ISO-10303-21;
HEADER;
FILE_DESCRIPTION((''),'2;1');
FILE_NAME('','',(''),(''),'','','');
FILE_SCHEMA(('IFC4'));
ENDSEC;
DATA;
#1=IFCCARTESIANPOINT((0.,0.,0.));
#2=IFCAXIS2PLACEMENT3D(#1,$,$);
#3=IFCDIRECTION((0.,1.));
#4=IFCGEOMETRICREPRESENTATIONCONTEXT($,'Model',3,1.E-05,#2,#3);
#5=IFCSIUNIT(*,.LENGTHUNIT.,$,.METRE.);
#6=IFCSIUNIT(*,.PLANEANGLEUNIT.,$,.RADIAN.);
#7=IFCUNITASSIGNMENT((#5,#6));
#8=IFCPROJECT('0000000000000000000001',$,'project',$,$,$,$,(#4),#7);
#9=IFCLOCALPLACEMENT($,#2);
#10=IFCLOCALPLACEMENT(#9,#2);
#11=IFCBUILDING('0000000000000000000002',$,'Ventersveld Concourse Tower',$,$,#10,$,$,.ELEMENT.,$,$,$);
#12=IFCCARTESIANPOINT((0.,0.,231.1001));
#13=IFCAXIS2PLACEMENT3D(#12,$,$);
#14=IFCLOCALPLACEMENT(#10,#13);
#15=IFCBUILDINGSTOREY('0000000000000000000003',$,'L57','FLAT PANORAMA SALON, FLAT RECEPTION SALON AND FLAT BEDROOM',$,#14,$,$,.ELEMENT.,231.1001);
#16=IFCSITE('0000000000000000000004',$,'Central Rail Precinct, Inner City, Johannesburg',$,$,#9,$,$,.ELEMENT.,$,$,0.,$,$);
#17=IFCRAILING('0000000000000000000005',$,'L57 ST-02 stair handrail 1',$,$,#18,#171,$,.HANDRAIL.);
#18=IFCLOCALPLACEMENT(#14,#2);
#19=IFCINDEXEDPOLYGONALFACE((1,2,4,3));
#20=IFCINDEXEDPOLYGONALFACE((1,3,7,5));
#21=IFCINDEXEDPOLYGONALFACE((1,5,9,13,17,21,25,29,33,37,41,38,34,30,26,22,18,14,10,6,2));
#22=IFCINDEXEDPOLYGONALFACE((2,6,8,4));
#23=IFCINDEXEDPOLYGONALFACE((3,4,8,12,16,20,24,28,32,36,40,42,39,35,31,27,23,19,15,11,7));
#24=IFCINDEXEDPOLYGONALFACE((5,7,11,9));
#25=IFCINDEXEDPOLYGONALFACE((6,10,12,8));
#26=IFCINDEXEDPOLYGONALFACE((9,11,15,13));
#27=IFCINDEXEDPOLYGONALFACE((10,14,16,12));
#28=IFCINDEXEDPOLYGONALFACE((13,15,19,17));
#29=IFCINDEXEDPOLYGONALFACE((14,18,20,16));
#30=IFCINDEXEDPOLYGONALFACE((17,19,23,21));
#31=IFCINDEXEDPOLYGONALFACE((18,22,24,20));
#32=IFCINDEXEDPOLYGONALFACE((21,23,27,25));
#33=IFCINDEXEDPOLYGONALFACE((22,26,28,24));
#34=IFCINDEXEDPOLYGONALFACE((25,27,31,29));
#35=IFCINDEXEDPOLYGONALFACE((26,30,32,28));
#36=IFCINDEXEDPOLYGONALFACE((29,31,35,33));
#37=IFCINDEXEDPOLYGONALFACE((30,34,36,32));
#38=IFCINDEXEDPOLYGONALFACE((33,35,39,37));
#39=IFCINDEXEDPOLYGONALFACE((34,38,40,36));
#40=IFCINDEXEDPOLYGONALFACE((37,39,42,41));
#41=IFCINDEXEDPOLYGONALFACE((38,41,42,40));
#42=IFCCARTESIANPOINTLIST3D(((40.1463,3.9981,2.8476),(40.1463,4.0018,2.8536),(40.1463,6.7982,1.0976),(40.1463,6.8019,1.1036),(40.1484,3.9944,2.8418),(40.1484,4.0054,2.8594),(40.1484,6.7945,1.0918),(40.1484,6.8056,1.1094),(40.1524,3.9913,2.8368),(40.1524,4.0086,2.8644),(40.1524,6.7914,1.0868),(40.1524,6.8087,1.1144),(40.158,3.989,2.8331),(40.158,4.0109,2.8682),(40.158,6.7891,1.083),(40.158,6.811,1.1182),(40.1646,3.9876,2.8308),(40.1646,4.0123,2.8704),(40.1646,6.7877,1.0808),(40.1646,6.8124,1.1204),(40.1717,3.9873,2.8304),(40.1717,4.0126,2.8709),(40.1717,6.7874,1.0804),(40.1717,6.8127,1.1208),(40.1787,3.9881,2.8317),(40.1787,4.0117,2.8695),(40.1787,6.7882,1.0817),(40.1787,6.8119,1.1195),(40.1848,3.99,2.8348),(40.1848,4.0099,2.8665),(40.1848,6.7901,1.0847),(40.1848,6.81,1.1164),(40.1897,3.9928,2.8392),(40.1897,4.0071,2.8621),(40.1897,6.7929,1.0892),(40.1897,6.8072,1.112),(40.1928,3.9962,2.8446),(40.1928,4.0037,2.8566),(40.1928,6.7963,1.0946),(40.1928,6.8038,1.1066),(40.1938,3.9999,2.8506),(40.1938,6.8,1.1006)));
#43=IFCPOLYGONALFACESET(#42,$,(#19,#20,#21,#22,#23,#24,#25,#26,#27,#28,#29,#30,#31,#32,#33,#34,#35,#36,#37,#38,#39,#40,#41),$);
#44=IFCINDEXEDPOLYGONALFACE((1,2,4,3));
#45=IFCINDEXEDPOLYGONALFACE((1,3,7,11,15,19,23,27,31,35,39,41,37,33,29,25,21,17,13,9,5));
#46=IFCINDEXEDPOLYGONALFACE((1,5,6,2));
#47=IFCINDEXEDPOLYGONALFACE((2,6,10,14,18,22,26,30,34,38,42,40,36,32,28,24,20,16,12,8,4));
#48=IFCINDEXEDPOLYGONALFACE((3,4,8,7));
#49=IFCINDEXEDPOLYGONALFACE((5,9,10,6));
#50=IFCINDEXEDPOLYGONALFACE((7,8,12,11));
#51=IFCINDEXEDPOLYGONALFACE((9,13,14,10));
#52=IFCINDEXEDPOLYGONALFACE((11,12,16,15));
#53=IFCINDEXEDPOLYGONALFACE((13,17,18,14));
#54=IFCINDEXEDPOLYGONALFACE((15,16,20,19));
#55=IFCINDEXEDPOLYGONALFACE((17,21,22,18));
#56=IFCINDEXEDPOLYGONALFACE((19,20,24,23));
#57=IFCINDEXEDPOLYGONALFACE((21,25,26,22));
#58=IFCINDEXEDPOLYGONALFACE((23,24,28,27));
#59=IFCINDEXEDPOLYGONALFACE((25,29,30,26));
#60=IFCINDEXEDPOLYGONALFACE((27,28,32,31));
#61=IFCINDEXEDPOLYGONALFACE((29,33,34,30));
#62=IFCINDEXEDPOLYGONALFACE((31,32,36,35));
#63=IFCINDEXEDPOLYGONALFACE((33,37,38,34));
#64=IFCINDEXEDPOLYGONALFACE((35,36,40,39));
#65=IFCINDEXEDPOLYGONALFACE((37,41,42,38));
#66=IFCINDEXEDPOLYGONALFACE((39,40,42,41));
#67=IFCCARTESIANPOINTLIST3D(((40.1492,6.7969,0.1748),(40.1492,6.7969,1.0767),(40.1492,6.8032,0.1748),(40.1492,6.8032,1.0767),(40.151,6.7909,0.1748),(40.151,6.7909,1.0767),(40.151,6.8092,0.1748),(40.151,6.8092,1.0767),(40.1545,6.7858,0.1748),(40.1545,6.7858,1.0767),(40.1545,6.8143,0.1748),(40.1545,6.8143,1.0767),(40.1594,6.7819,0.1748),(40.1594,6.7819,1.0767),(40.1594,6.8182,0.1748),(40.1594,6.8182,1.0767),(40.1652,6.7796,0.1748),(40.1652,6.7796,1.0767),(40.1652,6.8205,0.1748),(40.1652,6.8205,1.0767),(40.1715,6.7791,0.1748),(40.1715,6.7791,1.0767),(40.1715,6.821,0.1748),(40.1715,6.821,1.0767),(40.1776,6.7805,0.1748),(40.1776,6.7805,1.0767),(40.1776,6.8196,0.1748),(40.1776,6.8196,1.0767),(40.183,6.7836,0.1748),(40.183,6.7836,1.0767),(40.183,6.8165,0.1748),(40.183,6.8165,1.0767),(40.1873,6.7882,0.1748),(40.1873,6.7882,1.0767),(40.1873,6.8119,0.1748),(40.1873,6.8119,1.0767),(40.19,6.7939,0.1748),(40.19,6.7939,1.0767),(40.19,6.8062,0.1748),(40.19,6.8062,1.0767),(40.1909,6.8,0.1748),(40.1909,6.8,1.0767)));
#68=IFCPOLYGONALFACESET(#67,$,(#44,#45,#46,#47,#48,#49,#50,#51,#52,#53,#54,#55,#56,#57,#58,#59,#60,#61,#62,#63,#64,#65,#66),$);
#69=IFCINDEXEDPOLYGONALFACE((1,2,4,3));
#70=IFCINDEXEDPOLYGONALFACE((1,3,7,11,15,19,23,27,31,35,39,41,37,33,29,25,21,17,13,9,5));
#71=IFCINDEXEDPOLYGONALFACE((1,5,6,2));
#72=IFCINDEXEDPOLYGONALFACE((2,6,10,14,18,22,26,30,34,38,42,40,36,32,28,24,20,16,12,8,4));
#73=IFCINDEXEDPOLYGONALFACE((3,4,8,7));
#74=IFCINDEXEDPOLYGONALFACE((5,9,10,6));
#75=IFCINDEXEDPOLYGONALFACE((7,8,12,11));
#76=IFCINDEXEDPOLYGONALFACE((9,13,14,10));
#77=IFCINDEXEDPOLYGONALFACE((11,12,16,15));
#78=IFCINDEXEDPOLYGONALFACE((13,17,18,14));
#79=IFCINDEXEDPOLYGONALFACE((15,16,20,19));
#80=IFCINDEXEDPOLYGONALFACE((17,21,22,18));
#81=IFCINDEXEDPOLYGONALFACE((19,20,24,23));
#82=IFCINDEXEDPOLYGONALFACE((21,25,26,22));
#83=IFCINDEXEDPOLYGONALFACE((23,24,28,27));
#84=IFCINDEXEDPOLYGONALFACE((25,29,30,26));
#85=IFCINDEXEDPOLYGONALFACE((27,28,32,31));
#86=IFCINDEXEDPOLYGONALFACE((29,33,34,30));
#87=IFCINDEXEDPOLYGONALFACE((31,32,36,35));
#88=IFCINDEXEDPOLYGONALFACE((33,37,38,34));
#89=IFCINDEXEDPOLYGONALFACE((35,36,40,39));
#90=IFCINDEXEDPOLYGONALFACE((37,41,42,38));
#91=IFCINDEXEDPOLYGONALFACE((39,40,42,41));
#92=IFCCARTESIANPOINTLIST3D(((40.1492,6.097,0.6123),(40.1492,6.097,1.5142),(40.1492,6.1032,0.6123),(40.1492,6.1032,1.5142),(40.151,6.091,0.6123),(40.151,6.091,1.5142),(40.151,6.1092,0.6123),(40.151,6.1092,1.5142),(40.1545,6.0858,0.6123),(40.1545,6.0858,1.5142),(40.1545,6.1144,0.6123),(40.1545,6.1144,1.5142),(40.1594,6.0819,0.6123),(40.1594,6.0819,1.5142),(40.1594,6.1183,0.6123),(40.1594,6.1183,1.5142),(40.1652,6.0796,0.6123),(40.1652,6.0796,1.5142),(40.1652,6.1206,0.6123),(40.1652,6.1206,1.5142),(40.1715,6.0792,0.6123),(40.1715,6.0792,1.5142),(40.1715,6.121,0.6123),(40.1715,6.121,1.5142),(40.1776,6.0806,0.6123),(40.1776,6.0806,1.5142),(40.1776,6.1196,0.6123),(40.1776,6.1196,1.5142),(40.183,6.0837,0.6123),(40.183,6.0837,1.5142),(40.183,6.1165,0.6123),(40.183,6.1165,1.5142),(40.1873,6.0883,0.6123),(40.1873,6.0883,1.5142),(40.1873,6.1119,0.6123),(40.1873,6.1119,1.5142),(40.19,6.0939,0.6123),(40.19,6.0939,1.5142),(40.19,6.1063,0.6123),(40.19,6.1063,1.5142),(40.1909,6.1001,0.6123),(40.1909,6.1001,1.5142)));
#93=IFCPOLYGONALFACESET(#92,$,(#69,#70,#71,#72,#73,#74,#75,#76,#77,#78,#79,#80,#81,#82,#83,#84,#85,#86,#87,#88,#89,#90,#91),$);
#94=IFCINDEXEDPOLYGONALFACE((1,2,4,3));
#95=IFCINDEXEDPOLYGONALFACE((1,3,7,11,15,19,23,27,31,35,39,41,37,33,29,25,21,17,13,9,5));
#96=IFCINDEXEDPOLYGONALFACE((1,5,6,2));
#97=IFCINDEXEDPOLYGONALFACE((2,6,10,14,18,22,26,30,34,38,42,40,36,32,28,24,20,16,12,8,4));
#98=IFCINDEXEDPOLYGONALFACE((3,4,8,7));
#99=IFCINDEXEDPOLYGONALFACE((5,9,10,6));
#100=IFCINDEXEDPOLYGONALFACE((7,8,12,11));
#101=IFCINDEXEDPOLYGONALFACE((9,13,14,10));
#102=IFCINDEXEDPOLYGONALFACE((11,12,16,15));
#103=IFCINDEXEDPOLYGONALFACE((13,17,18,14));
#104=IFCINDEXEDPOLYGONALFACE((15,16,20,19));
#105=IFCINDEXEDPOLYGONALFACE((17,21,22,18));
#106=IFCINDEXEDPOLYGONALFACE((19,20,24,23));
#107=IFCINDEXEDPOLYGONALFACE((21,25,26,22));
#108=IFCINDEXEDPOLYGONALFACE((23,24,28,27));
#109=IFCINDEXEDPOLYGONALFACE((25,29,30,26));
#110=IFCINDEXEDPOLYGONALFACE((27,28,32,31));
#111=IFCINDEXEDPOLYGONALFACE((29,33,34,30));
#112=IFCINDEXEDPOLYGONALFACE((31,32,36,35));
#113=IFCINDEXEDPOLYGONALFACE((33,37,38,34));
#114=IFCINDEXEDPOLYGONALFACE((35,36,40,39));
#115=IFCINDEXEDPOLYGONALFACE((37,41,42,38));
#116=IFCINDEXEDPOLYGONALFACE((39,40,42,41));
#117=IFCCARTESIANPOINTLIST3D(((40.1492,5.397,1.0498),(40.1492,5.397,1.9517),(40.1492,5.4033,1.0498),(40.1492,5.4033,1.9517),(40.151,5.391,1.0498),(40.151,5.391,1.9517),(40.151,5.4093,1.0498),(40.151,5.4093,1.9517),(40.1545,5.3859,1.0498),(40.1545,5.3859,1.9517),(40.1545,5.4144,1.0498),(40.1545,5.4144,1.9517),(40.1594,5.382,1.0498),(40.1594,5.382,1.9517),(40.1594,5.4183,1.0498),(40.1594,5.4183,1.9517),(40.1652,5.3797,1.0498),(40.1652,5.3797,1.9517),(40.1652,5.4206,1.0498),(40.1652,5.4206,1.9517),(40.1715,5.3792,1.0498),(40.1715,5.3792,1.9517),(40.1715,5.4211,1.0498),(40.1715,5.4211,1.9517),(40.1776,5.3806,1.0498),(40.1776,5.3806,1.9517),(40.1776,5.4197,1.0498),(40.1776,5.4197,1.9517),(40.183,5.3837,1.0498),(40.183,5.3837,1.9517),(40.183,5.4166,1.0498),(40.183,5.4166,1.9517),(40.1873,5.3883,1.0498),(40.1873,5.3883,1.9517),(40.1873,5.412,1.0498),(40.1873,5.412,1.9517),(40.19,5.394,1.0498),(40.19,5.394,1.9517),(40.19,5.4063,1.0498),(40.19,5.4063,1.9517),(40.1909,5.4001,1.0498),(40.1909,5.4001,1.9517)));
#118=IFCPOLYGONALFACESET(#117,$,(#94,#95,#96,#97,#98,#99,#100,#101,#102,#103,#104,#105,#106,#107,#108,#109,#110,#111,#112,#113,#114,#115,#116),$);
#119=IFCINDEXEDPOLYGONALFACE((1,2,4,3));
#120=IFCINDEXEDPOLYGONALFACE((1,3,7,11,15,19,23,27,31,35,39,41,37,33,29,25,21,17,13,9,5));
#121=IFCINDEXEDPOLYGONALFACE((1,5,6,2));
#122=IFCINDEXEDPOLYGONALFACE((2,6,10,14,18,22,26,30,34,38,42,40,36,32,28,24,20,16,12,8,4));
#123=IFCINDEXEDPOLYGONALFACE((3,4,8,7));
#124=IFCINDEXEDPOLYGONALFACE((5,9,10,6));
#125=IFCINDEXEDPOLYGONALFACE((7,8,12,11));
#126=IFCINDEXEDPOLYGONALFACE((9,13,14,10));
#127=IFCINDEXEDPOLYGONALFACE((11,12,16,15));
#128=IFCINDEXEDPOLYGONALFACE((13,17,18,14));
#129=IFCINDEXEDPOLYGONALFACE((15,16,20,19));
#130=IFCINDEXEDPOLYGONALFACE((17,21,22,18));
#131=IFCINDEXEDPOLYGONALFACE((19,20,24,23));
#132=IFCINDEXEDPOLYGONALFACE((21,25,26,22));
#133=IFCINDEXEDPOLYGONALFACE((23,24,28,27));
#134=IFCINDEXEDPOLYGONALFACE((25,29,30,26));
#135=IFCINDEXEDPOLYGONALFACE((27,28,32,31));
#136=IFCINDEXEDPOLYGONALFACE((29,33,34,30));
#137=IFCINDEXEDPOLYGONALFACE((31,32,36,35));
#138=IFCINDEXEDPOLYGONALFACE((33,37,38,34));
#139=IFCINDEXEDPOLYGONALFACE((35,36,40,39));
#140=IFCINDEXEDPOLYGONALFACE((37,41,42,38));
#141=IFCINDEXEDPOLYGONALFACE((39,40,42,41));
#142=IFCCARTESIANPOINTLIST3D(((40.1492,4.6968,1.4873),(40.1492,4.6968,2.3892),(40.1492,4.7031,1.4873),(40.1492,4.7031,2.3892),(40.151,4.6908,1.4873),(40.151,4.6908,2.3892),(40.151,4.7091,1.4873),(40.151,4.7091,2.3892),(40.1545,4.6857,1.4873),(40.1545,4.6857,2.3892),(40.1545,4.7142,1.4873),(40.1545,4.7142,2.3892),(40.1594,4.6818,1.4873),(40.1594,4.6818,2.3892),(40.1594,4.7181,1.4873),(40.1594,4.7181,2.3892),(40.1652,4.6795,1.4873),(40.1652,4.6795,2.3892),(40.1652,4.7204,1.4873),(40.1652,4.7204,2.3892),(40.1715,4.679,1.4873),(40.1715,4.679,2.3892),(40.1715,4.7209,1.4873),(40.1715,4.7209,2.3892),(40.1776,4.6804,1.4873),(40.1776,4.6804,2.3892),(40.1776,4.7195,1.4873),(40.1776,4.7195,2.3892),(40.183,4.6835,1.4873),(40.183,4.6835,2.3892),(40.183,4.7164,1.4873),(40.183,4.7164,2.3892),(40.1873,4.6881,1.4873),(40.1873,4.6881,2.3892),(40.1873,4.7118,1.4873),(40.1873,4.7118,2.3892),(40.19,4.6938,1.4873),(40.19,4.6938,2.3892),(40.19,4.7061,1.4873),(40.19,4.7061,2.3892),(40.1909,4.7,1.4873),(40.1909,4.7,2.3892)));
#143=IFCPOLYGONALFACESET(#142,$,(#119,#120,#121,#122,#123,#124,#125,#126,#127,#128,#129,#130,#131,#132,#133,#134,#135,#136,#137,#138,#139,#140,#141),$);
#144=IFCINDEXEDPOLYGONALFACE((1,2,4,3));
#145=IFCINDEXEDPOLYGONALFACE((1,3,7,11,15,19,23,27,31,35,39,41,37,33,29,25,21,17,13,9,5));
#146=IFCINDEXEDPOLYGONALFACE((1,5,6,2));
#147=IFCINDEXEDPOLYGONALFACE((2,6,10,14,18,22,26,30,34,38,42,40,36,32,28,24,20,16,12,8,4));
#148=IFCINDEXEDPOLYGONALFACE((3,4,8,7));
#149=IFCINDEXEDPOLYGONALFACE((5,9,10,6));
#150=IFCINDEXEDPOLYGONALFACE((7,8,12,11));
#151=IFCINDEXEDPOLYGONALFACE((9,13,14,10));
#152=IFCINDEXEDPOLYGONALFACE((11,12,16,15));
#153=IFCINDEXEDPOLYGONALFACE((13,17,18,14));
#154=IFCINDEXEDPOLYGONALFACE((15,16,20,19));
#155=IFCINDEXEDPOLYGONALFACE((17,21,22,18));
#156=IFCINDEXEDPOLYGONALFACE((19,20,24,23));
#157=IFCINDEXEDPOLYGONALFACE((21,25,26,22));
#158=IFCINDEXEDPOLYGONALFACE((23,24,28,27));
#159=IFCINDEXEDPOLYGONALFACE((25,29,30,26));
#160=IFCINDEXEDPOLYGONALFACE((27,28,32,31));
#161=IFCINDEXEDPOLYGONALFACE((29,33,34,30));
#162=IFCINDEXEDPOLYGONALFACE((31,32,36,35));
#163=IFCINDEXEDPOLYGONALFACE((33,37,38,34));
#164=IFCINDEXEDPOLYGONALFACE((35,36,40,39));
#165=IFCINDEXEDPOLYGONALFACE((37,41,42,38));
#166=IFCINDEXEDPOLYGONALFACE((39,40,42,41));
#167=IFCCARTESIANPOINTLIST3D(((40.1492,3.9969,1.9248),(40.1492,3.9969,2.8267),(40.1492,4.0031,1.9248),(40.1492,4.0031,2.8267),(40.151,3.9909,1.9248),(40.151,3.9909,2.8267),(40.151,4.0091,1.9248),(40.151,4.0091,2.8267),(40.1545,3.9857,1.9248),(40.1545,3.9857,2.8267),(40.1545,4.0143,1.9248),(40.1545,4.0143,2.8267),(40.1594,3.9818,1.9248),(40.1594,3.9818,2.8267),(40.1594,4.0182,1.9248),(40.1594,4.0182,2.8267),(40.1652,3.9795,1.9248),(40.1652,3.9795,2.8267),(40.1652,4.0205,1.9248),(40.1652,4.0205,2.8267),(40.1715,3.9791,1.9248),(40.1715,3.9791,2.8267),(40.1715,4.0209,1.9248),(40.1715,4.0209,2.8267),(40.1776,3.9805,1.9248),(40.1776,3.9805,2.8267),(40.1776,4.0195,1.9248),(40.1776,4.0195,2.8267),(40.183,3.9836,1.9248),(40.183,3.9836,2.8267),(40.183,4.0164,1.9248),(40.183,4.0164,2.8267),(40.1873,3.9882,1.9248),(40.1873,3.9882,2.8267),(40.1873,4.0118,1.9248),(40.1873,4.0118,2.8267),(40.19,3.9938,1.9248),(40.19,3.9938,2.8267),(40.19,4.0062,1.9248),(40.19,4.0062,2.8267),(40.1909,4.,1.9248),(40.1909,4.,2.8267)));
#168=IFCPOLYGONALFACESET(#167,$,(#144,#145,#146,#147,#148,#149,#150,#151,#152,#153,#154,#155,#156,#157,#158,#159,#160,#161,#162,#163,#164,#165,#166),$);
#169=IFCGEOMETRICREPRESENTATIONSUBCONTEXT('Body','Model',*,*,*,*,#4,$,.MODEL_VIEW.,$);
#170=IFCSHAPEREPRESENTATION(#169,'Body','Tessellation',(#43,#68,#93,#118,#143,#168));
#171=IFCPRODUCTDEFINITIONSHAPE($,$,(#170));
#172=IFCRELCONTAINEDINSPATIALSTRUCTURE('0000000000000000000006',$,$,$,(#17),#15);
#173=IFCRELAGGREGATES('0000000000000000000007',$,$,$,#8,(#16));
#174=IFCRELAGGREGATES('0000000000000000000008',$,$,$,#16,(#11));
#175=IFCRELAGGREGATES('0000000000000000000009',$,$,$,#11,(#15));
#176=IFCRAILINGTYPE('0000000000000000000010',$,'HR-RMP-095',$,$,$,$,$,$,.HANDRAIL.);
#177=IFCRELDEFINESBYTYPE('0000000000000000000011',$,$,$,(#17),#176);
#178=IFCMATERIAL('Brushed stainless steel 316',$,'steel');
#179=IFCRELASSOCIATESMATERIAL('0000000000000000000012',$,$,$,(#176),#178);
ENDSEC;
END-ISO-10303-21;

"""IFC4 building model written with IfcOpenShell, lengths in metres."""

from ifc_helpers import new_model, si_unit, direction, frame, origin, origin_2d, place, context, subcontext, project, spatial, circle, extrude, material, type_object, element, save


model = new_model("IFC4")

# Units and contexts
model_context = context("Model", 3, precision=1e-05, world=origin(), true_north=direction((0.0, 1.0)))
body_context = subcontext(model_context, "Body", "Model", "MODEL_VIEW")
ifc_project = project(units=[si_unit("LENGTHUNIT", "METRE"), si_unit("PLANEANGLEUNIT", "RADIAN")], contexts=[model_context])

# Site, building, storey
site_placement = place(None, origin())
site = spatial("IfcSite", under=ifc_project, at=site_placement, Name="Central Rail Precinct, Inner City, Johannesburg", CompositionType="ELEMENT", RefElevation=0.0)
building_placement = place(site_placement, origin())
building = spatial("IfcBuilding", under=site, at=building_placement, Name="Ventersveld Concourse Tower", CompositionType="ELEMENT")
storey_placement = place(building_placement, frame((0.0, 0.0, 231.1001)))
storey = spatial("IfcBuildingStorey", under=building, at=storey_placement, Name="L57", Description="FLAT PANORAMA SALON, FLAT RECEPTION SALON AND FLAT BEDROOM", CompositionType="ELEMENT", Elevation=231.1001)

# Shared definitions
ifc_material_1 = material(Name="Brushed stainless steel 316", Category="steel")

# Railing
railing_type_1 = type_object("IfcRailingType", Name="HR-RMP-095", PredefinedType="HANDRAIL", material=ifc_material_1)
railing_1_placement = place(storey_placement, frame((40.1699, 6.8, 0.1748)))
element("IfcRailing", 1, at=railing_1_placement, inside=storey, type_object=railing_type_1, Name="L57 ST-02 stair handrail 1", PredefinedType="HANDRAIL", context=body_context, shape_type="SweptSolid", body=[
    extrude(circle(Radius=0.0239, at=origin_2d()), frame((0.0, 0.0, 0.9258), z_axis=(0.0, -0.848002, 0.529992), x_axis=(1.0, 0.0, 0.0)), (0.0, 0.0, 1.0), 3.302),
    extrude(circle(Radius=0.021, at=origin_2d()), origin(), (0.0, 0.0, 1.0), 0.9019),
    extrude(circle(Radius=0.021, at=origin_2d()), frame((0.0, -0.7, 0.4375)), (0.0, 0.0, 1.0), 0.9019),
    extrude(circle(Radius=0.021, at=origin_2d()), frame((0.0, -1.3999, 0.875)), (0.0, 0.0, 1.0), 0.9019),
    extrude(circle(Radius=0.021, at=origin_2d()), frame((0.0, -2.1001, 1.3125)), (0.0, 0.0, 1.0), 0.9019),
    extrude(circle(Radius=0.021, at=origin_2d()), frame((0.0, -2.8, 1.75)), (0.0, 0.0, 1.0), 0.9019),
])

save(model, "model.ifc")
